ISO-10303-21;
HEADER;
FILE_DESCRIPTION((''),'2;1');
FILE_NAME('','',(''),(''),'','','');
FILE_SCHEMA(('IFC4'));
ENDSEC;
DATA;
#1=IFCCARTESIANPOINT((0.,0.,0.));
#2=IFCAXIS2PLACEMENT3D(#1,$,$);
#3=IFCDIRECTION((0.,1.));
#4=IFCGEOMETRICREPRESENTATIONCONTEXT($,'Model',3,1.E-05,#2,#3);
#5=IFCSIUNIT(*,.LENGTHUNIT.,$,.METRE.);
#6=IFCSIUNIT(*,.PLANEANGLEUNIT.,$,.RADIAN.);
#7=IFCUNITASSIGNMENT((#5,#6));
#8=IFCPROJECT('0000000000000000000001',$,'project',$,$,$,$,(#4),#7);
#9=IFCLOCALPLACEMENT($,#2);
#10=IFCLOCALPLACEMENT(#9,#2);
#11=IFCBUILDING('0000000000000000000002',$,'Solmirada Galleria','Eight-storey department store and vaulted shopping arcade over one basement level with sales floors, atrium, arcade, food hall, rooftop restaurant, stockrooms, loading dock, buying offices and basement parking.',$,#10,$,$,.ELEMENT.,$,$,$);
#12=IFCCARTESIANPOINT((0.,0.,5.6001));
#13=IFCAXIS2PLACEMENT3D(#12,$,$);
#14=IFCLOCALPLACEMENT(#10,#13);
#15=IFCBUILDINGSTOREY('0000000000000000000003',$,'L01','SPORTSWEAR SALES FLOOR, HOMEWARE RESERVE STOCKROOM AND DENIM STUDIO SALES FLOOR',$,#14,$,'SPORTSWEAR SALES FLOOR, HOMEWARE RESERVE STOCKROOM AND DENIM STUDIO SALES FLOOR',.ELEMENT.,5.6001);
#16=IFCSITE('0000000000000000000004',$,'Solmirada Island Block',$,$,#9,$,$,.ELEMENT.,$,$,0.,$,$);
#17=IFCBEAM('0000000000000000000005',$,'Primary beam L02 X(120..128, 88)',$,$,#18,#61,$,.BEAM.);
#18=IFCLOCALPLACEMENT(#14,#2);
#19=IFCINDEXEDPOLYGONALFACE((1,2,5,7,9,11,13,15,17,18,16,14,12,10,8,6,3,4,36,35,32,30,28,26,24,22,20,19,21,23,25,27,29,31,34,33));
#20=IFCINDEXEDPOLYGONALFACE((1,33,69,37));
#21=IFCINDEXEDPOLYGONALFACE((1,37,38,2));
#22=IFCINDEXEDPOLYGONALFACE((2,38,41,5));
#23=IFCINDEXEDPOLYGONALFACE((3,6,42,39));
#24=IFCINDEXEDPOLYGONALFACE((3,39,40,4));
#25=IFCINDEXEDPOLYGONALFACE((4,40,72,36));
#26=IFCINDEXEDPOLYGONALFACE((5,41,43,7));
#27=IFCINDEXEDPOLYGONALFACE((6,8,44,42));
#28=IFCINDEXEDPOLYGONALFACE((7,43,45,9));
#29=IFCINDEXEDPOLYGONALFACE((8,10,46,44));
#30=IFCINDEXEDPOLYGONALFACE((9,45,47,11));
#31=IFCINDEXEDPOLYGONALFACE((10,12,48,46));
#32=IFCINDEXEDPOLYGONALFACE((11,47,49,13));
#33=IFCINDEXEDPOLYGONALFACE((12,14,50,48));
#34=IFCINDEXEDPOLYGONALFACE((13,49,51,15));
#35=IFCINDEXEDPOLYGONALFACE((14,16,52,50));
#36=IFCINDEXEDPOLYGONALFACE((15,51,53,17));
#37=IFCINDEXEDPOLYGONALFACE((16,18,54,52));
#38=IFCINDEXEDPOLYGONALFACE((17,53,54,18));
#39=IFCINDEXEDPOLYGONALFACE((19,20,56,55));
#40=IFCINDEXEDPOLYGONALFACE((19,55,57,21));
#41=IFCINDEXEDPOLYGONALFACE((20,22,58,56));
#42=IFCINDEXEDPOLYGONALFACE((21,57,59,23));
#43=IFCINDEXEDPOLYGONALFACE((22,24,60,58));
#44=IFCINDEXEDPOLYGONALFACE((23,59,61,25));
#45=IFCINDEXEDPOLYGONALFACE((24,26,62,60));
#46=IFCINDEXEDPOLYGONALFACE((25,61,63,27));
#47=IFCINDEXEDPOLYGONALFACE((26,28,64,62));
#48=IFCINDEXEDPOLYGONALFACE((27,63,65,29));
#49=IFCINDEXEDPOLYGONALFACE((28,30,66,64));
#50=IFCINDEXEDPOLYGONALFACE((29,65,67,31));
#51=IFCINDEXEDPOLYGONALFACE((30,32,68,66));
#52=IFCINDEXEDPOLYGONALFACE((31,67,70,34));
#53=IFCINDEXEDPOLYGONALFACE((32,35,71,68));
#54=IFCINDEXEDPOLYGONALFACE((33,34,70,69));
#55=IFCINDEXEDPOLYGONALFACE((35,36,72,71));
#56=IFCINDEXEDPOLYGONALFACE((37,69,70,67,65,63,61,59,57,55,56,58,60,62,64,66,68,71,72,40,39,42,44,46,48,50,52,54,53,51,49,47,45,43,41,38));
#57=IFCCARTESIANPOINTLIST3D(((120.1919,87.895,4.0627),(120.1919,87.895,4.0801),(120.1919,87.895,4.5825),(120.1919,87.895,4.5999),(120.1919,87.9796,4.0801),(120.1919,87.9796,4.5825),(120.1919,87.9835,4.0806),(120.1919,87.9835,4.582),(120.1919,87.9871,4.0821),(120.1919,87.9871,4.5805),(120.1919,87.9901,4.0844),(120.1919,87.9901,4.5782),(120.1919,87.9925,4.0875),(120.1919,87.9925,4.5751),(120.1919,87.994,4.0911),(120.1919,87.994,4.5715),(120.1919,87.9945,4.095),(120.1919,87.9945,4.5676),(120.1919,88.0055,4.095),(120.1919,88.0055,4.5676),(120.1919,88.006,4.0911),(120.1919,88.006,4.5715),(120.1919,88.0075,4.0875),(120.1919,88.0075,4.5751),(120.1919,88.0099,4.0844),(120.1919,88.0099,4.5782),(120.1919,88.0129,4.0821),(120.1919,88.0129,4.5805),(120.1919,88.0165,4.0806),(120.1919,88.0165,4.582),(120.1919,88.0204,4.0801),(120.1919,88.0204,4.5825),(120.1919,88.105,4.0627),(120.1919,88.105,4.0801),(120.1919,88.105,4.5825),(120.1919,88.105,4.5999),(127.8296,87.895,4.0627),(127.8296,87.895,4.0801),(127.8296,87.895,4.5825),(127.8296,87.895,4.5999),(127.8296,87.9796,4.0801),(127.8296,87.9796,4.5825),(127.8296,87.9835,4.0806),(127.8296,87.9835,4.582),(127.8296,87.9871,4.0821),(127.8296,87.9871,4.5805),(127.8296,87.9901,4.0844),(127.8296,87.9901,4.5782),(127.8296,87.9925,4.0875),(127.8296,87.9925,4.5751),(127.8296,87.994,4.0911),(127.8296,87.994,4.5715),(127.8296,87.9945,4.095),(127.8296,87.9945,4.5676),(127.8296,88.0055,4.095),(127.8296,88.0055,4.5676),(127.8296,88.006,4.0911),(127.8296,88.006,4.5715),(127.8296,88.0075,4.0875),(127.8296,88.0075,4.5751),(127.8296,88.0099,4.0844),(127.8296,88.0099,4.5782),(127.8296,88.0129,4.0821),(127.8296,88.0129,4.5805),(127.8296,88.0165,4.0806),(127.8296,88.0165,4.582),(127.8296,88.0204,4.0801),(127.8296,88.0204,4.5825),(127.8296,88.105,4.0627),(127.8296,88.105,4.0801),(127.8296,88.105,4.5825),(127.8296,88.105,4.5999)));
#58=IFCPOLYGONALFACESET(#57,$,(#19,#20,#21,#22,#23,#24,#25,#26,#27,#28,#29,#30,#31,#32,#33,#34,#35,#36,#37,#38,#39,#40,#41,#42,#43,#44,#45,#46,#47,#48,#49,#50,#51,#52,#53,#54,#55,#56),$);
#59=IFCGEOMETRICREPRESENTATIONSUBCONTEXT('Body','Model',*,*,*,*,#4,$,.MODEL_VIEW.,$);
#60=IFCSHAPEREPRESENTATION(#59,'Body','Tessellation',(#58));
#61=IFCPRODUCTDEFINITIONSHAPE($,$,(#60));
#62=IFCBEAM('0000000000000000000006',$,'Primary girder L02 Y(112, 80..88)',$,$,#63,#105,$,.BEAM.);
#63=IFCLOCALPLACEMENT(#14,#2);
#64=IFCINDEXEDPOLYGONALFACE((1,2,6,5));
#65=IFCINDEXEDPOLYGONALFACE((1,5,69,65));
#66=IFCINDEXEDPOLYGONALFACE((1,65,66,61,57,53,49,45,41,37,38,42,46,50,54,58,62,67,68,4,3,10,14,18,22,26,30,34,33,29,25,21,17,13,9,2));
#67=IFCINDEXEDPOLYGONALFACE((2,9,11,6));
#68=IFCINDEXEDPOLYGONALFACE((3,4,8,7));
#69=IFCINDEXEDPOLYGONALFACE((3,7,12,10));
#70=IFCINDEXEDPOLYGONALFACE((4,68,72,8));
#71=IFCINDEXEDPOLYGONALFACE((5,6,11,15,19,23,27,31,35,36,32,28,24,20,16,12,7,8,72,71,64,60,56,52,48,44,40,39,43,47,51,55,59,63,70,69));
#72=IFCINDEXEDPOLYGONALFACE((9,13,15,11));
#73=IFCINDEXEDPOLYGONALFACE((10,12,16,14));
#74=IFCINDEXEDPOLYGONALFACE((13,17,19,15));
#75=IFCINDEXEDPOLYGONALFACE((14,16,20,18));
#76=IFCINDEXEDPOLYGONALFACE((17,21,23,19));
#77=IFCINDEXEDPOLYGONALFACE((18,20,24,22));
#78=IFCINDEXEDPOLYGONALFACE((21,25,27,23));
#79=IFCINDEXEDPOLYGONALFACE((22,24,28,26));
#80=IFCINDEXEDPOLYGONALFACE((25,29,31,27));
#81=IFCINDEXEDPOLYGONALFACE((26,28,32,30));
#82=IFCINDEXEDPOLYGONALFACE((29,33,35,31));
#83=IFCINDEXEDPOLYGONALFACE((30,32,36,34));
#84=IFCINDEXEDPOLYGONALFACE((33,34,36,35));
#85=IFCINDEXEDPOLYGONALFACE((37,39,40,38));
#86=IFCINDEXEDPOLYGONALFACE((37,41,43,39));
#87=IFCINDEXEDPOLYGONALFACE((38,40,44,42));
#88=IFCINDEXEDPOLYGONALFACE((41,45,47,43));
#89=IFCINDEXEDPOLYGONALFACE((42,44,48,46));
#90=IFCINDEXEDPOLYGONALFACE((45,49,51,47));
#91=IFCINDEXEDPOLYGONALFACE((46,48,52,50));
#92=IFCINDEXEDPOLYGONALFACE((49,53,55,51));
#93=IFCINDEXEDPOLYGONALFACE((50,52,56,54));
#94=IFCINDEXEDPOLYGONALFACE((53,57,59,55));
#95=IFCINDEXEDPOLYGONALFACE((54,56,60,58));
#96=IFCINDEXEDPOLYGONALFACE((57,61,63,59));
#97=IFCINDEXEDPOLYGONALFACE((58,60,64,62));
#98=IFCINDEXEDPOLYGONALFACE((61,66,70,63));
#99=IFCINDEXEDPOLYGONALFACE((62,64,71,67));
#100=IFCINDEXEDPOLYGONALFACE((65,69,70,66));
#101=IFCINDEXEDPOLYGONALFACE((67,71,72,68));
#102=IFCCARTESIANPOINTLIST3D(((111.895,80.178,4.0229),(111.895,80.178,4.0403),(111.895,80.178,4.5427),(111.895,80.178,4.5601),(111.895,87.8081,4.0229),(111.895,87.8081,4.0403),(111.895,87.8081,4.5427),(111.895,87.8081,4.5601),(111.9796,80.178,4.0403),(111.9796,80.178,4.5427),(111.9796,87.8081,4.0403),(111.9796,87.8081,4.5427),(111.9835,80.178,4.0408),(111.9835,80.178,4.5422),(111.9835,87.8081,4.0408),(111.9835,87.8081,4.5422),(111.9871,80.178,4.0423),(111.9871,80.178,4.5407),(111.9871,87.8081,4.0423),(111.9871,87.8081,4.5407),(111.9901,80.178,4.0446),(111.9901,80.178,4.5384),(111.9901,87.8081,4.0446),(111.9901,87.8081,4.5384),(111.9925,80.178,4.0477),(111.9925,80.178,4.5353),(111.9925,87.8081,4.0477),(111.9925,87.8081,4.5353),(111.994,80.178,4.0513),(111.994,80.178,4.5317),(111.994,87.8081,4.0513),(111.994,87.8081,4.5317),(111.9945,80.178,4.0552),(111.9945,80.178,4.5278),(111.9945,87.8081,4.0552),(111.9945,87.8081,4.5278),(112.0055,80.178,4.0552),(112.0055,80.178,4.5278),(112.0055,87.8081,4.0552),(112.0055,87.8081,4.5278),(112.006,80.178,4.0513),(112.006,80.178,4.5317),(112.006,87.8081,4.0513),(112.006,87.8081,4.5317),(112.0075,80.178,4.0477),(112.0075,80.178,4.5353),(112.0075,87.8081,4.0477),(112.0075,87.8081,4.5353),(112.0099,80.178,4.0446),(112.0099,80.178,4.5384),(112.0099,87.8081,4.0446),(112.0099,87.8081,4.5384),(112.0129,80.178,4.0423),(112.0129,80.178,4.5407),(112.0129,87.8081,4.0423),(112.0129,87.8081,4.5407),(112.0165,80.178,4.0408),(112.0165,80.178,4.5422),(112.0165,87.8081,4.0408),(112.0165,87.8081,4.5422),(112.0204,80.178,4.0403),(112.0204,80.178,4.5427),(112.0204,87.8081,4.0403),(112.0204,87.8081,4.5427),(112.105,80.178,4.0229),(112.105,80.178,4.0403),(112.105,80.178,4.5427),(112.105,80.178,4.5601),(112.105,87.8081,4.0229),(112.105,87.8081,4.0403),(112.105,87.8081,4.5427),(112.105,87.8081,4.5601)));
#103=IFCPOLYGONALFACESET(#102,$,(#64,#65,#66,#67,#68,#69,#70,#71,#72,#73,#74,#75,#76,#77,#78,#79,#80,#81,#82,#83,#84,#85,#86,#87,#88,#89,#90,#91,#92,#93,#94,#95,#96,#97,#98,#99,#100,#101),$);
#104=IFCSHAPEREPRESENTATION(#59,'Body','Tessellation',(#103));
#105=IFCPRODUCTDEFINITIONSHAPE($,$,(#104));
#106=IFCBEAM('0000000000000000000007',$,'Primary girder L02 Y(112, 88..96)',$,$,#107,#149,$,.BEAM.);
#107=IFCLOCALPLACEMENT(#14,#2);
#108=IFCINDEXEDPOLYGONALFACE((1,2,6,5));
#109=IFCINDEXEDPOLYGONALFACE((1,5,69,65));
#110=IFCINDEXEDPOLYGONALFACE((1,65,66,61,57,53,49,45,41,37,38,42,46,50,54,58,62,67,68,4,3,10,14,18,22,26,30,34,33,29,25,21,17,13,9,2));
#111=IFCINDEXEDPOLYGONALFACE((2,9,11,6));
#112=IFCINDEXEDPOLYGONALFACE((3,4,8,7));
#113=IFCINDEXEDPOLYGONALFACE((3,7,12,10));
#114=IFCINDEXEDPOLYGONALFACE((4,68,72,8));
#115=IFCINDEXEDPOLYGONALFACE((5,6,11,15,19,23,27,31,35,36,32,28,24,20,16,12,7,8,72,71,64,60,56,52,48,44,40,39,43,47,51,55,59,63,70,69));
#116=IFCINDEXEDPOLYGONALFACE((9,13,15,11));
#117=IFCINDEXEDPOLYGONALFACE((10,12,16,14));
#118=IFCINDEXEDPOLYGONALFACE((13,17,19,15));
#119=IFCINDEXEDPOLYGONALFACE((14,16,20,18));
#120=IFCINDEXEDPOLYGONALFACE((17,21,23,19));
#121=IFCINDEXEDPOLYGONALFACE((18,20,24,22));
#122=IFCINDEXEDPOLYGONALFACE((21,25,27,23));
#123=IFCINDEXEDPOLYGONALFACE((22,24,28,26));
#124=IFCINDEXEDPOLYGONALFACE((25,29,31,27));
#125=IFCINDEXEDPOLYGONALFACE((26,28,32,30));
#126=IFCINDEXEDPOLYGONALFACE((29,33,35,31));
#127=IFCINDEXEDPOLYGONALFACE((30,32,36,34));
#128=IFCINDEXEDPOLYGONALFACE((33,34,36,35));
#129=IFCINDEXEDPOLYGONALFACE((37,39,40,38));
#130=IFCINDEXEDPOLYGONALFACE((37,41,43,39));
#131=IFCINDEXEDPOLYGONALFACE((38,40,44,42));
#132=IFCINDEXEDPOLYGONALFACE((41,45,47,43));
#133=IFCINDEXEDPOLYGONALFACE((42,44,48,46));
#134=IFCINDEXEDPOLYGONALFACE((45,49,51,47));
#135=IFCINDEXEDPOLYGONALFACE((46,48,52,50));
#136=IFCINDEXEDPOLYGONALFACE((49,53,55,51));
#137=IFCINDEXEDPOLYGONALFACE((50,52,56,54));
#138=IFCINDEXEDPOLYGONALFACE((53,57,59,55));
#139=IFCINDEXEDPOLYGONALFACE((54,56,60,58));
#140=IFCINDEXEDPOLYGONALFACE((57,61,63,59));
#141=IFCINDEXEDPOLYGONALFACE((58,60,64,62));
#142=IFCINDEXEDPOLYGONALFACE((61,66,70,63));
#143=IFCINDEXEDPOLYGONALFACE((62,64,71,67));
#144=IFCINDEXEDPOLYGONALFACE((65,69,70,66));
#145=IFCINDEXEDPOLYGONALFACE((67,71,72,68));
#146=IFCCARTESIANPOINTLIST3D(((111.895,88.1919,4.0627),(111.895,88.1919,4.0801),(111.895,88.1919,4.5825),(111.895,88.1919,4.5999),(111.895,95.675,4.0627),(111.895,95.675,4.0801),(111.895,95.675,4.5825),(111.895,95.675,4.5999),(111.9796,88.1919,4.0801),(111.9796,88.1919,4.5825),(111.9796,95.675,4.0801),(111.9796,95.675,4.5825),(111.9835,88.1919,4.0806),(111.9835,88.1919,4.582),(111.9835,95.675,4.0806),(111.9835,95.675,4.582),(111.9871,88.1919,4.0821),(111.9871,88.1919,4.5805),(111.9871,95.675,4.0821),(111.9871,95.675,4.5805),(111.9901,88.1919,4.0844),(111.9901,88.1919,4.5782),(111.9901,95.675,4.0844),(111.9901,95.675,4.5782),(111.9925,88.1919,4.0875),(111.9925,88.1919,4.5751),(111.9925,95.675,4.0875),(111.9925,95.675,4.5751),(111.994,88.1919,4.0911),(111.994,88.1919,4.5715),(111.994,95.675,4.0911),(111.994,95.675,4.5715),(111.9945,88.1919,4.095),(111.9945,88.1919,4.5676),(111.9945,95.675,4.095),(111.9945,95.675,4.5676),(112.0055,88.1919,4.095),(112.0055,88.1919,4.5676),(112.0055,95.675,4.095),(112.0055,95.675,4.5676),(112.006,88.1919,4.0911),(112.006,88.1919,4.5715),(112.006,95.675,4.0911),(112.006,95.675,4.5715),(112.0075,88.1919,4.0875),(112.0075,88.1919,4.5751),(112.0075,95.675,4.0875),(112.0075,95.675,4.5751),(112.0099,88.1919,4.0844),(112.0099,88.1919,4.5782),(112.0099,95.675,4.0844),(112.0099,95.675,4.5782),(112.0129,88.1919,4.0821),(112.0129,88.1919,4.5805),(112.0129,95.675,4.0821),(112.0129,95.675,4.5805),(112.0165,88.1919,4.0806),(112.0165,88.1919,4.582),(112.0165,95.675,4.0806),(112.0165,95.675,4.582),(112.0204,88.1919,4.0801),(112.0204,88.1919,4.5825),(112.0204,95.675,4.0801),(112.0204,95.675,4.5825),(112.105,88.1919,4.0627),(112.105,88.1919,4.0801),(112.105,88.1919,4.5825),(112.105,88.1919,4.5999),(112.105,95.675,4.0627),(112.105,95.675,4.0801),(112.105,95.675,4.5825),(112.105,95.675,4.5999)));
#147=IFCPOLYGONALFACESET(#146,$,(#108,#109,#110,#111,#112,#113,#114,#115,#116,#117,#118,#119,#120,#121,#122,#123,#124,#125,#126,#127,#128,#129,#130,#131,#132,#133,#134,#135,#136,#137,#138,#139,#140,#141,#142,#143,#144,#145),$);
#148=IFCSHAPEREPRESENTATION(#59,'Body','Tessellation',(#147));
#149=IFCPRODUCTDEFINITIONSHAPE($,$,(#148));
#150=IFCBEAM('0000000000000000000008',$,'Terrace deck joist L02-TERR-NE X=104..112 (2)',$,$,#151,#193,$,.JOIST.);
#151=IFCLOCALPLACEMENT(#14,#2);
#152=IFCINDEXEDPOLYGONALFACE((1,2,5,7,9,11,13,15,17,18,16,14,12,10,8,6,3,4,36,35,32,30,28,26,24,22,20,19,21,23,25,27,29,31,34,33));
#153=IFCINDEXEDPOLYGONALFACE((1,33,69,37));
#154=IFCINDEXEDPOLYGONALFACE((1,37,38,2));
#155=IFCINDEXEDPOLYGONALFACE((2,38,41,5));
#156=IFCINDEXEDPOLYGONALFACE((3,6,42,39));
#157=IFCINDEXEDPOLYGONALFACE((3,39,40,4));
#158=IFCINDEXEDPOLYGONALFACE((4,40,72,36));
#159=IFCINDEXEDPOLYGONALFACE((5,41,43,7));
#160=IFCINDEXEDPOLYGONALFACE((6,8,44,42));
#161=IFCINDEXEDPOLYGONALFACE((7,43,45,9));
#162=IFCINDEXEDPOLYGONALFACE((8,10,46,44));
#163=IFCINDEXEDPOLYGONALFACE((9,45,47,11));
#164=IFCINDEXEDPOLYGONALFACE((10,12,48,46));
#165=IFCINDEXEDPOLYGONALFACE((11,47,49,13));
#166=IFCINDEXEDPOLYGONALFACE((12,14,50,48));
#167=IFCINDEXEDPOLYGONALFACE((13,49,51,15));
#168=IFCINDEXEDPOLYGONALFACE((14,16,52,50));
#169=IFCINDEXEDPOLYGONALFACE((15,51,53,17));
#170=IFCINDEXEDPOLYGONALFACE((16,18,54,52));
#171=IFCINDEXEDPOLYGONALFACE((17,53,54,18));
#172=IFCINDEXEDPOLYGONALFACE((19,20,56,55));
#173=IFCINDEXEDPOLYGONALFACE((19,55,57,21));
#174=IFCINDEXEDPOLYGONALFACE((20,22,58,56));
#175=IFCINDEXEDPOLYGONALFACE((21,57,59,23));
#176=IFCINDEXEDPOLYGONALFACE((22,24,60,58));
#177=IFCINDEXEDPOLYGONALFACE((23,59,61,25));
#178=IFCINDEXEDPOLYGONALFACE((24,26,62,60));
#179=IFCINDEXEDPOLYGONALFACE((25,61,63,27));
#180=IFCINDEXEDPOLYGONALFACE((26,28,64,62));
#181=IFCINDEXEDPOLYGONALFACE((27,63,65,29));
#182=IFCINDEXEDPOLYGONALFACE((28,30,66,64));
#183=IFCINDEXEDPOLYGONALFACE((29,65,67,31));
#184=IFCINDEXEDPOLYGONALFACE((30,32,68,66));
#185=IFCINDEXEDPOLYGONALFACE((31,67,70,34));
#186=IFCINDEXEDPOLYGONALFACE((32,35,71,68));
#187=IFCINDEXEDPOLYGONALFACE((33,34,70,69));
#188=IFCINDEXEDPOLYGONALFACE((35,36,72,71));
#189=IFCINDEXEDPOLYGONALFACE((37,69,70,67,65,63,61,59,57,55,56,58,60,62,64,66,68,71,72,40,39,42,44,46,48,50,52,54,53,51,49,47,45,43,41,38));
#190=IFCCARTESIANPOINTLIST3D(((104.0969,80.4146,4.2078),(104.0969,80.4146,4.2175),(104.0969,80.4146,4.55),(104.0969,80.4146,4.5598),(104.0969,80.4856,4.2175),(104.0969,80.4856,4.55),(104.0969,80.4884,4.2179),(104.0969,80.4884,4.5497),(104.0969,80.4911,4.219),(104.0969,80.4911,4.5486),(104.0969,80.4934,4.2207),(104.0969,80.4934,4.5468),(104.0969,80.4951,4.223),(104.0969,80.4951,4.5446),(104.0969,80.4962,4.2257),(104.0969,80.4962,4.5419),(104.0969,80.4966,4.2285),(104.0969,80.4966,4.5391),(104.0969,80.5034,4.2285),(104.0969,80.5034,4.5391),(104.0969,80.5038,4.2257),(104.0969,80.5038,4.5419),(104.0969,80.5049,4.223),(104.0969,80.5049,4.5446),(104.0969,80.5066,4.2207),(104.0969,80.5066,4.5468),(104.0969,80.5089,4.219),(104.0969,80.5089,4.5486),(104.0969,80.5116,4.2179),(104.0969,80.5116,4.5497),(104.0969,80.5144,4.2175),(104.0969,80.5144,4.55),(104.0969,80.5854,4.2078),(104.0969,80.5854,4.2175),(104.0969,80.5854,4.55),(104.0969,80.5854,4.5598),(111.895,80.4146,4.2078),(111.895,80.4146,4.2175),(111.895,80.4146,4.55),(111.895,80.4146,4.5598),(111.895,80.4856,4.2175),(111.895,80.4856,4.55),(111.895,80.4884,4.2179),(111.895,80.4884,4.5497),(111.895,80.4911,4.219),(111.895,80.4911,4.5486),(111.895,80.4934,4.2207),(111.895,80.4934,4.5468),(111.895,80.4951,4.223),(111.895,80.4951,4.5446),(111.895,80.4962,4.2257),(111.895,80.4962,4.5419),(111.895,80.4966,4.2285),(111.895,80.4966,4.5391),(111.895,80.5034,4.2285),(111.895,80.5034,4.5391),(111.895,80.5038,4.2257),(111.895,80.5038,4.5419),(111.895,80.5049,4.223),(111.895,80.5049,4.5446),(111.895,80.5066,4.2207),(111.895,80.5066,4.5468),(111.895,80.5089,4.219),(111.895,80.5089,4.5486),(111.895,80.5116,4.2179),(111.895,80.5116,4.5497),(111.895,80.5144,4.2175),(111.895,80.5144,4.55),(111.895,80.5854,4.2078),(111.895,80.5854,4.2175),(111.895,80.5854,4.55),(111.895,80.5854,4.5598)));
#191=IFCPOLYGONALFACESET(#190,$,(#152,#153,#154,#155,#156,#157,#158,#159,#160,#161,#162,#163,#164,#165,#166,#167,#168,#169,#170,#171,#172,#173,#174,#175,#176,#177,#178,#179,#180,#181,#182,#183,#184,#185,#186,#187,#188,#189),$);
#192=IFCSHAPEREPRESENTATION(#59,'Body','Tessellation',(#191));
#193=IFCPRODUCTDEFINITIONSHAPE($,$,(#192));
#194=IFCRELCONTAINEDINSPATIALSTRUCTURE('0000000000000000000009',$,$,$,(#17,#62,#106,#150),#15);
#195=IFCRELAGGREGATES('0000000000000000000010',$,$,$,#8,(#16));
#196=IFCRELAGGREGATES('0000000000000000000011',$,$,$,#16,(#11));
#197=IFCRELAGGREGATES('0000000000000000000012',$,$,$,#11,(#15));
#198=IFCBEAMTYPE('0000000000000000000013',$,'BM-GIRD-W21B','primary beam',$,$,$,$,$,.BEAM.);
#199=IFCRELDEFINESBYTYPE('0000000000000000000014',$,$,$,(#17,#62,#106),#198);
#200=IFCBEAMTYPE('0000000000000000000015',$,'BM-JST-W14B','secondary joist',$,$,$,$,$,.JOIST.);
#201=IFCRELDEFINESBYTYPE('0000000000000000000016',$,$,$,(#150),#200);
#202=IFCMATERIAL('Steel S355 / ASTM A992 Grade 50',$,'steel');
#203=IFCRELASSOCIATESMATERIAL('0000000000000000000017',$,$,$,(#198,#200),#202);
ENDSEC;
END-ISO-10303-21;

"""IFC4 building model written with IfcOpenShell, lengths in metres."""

from ifc_helpers import new_model, si_unit, direction, frame, origin, origin_2d, place, context, subcontext, project, spatial, i_section, extrude, material, material_profile, profile_set, type_object, element, save


model = new_model("IFC4")

# Units and contexts
model_context = context("Model", 3, precision=1e-05, world=origin(), true_north=direction((0.0, 1.0)))
body_context = subcontext(model_context, "Body", "Model", "MODEL_VIEW")
ifc_project = project(units=[si_unit("LENGTHUNIT", "METRE"), si_unit("PLANEANGLEUNIT", "RADIAN")], contexts=[model_context])

# Site, building, storey
site_placement = place(None, origin())
site = spatial("IfcSite", under=ifc_project, at=site_placement, Name="Solmirada Island Block", CompositionType="ELEMENT", RefElevation=0.0)
building_placement = place(site_placement, origin())
building = spatial("IfcBuilding", under=site, at=building_placement, Name="Solmirada Galleria", Description="Eight-storey department store and vaulted shopping arcade over one basement level with sales floors, atrium, arcade, food hall, rooftop restaurant, stockrooms, loading dock, buying offices and basement parking.", CompositionType="ELEMENT")
storey_placement = place(building_placement, frame((0.0, 0.0, 5.6001)))
storey = spatial("IfcBuildingStorey", under=building, at=storey_placement, Name="L01", Description="SPORTSWEAR SALES FLOOR, HOMEWARE RESERVE STOCKROOM AND DENIM STUDIO SALES FLOOR", LongName="SPORTSWEAR SALES FLOOR, HOMEWARE RESERVE STOCKROOM AND DENIM STUDIO SALES FLOOR", CompositionType="ELEMENT", Elevation=5.6001)

# Beams
ifc_material_1 = material(Name="Steel S355 / ASTM A992 Grade 50", Category="steel")
ifc_material_profile_1 = material_profile(ifc_material_1, i_section(OverallWidth=0.21, OverallDepth=0.5371, WebThickness=0.011, FlangeThickness=0.0173, FilletRadius=0.0149, at=origin_2d()), Name="W21X68")
ifc_profile_set_1 = profile_set([ifc_material_profile_1], Name="Steel S355 / ASTM A992 Grade 50")
beam_type_1 = type_object("IfcBeamType", Name="BM-GIRD-W21B", Description="primary beam", PredefinedType="BEAM", material=ifc_profile_set_1)
beam_1_placement = place(storey_placement, frame((120.1919, 88.0, 4.3313), z_axis=(1.0, 0.0, 0.0), x_axis=(0.0, 1.0, 0.0)))
element("IfcBeam", 1, at=beam_1_placement, inside=storey, type_object=beam_type_1, Name="Primary beam L02 X(120..128, 88)", PredefinedType="BEAM", context=body_context, shape_type="SweptSolid", body=[
    extrude(i_section(OverallWidth=0.21, OverallDepth=0.5371, WebThickness=0.011, FlangeThickness=0.0173, FilletRadius=0.0149, at=origin_2d()), origin(), (0.0, 0.0, 1.0), 7.6377),
])
beam_2_placement = place(storey_placement, frame((112.0, 80.178, 4.2915), z_axis=(0.0, 1.0, 0.0), x_axis=(-1.0, 0.0, 0.0)))
element("IfcBeam", 2, at=beam_2_placement, inside=storey, type_object=beam_type_1, Name="Primary girder L02 Y(112, 80..88)", PredefinedType="BEAM", context=body_context, shape_type="SweptSolid", body=[
    extrude(i_section(OverallWidth=0.21, OverallDepth=0.5371, WebThickness=0.011, FlangeThickness=0.0173, FilletRadius=0.0149, at=origin_2d()), origin(), (0.0, 0.0, 1.0), 7.6301),
])
beam_3_placement = place(storey_placement, frame((112.0, 88.1919, 4.3313), z_axis=(0.0, 1.0, 0.0), x_axis=(-1.0, 0.0, 0.0)))
element("IfcBeam", 3, at=beam_3_placement, inside=storey, type_object=beam_type_1, Name="Primary girder L02 Y(112, 88..96)", PredefinedType="BEAM", context=body_context, shape_type="SweptSolid", body=[
    extrude(i_section(OverallWidth=0.21, OverallDepth=0.5371, WebThickness=0.011, FlangeThickness=0.0173, FilletRadius=0.0149, at=origin_2d()), origin(), (0.0, 0.0, 1.0), 7.4832),
])
ifc_material_profile_2 = material_profile(ifc_material_1, i_section(OverallWidth=0.1709, OverallDepth=0.3521, WebThickness=0.0068, FlangeThickness=0.0098, FilletRadius=0.011, at=origin_2d()), Name="W14X30")
ifc_profile_set_2 = profile_set([ifc_material_profile_2], Name="Steel S355 / ASTM A992 Grade 50")
beam_type_2 = type_object("IfcBeamType", Name="BM-JST-W14B", Description="secondary joist", PredefinedType="JOIST", material=ifc_profile_set_2)
for number, where, z_axis, x_axis, name in (
    (4, (104.0969, 80.5, 4.3838), (1.0, 0.0, 0.0), (0.0, 1.0, 0.0), "Terrace deck joist L02-TERR-NE X=104..112 (2)"),
):
    element("IfcBeam", number, at=place(storey_placement, frame(where, z_axis=z_axis, x_axis=x_axis)), inside=storey, type_object=beam_type_2, Name=name, PredefinedType="JOIST", context=body_context, shape_type="SweptSolid", body=[
        extrude(i_section(OverallWidth=0.1709, OverallDepth=0.3521, WebThickness=0.0068, FlangeThickness=0.0098, FilletRadius=0.011, at=origin_2d()), origin(), (0.0, 0.0, 1.0), 7.7981),
    ])

save(model, "model.ifc")
